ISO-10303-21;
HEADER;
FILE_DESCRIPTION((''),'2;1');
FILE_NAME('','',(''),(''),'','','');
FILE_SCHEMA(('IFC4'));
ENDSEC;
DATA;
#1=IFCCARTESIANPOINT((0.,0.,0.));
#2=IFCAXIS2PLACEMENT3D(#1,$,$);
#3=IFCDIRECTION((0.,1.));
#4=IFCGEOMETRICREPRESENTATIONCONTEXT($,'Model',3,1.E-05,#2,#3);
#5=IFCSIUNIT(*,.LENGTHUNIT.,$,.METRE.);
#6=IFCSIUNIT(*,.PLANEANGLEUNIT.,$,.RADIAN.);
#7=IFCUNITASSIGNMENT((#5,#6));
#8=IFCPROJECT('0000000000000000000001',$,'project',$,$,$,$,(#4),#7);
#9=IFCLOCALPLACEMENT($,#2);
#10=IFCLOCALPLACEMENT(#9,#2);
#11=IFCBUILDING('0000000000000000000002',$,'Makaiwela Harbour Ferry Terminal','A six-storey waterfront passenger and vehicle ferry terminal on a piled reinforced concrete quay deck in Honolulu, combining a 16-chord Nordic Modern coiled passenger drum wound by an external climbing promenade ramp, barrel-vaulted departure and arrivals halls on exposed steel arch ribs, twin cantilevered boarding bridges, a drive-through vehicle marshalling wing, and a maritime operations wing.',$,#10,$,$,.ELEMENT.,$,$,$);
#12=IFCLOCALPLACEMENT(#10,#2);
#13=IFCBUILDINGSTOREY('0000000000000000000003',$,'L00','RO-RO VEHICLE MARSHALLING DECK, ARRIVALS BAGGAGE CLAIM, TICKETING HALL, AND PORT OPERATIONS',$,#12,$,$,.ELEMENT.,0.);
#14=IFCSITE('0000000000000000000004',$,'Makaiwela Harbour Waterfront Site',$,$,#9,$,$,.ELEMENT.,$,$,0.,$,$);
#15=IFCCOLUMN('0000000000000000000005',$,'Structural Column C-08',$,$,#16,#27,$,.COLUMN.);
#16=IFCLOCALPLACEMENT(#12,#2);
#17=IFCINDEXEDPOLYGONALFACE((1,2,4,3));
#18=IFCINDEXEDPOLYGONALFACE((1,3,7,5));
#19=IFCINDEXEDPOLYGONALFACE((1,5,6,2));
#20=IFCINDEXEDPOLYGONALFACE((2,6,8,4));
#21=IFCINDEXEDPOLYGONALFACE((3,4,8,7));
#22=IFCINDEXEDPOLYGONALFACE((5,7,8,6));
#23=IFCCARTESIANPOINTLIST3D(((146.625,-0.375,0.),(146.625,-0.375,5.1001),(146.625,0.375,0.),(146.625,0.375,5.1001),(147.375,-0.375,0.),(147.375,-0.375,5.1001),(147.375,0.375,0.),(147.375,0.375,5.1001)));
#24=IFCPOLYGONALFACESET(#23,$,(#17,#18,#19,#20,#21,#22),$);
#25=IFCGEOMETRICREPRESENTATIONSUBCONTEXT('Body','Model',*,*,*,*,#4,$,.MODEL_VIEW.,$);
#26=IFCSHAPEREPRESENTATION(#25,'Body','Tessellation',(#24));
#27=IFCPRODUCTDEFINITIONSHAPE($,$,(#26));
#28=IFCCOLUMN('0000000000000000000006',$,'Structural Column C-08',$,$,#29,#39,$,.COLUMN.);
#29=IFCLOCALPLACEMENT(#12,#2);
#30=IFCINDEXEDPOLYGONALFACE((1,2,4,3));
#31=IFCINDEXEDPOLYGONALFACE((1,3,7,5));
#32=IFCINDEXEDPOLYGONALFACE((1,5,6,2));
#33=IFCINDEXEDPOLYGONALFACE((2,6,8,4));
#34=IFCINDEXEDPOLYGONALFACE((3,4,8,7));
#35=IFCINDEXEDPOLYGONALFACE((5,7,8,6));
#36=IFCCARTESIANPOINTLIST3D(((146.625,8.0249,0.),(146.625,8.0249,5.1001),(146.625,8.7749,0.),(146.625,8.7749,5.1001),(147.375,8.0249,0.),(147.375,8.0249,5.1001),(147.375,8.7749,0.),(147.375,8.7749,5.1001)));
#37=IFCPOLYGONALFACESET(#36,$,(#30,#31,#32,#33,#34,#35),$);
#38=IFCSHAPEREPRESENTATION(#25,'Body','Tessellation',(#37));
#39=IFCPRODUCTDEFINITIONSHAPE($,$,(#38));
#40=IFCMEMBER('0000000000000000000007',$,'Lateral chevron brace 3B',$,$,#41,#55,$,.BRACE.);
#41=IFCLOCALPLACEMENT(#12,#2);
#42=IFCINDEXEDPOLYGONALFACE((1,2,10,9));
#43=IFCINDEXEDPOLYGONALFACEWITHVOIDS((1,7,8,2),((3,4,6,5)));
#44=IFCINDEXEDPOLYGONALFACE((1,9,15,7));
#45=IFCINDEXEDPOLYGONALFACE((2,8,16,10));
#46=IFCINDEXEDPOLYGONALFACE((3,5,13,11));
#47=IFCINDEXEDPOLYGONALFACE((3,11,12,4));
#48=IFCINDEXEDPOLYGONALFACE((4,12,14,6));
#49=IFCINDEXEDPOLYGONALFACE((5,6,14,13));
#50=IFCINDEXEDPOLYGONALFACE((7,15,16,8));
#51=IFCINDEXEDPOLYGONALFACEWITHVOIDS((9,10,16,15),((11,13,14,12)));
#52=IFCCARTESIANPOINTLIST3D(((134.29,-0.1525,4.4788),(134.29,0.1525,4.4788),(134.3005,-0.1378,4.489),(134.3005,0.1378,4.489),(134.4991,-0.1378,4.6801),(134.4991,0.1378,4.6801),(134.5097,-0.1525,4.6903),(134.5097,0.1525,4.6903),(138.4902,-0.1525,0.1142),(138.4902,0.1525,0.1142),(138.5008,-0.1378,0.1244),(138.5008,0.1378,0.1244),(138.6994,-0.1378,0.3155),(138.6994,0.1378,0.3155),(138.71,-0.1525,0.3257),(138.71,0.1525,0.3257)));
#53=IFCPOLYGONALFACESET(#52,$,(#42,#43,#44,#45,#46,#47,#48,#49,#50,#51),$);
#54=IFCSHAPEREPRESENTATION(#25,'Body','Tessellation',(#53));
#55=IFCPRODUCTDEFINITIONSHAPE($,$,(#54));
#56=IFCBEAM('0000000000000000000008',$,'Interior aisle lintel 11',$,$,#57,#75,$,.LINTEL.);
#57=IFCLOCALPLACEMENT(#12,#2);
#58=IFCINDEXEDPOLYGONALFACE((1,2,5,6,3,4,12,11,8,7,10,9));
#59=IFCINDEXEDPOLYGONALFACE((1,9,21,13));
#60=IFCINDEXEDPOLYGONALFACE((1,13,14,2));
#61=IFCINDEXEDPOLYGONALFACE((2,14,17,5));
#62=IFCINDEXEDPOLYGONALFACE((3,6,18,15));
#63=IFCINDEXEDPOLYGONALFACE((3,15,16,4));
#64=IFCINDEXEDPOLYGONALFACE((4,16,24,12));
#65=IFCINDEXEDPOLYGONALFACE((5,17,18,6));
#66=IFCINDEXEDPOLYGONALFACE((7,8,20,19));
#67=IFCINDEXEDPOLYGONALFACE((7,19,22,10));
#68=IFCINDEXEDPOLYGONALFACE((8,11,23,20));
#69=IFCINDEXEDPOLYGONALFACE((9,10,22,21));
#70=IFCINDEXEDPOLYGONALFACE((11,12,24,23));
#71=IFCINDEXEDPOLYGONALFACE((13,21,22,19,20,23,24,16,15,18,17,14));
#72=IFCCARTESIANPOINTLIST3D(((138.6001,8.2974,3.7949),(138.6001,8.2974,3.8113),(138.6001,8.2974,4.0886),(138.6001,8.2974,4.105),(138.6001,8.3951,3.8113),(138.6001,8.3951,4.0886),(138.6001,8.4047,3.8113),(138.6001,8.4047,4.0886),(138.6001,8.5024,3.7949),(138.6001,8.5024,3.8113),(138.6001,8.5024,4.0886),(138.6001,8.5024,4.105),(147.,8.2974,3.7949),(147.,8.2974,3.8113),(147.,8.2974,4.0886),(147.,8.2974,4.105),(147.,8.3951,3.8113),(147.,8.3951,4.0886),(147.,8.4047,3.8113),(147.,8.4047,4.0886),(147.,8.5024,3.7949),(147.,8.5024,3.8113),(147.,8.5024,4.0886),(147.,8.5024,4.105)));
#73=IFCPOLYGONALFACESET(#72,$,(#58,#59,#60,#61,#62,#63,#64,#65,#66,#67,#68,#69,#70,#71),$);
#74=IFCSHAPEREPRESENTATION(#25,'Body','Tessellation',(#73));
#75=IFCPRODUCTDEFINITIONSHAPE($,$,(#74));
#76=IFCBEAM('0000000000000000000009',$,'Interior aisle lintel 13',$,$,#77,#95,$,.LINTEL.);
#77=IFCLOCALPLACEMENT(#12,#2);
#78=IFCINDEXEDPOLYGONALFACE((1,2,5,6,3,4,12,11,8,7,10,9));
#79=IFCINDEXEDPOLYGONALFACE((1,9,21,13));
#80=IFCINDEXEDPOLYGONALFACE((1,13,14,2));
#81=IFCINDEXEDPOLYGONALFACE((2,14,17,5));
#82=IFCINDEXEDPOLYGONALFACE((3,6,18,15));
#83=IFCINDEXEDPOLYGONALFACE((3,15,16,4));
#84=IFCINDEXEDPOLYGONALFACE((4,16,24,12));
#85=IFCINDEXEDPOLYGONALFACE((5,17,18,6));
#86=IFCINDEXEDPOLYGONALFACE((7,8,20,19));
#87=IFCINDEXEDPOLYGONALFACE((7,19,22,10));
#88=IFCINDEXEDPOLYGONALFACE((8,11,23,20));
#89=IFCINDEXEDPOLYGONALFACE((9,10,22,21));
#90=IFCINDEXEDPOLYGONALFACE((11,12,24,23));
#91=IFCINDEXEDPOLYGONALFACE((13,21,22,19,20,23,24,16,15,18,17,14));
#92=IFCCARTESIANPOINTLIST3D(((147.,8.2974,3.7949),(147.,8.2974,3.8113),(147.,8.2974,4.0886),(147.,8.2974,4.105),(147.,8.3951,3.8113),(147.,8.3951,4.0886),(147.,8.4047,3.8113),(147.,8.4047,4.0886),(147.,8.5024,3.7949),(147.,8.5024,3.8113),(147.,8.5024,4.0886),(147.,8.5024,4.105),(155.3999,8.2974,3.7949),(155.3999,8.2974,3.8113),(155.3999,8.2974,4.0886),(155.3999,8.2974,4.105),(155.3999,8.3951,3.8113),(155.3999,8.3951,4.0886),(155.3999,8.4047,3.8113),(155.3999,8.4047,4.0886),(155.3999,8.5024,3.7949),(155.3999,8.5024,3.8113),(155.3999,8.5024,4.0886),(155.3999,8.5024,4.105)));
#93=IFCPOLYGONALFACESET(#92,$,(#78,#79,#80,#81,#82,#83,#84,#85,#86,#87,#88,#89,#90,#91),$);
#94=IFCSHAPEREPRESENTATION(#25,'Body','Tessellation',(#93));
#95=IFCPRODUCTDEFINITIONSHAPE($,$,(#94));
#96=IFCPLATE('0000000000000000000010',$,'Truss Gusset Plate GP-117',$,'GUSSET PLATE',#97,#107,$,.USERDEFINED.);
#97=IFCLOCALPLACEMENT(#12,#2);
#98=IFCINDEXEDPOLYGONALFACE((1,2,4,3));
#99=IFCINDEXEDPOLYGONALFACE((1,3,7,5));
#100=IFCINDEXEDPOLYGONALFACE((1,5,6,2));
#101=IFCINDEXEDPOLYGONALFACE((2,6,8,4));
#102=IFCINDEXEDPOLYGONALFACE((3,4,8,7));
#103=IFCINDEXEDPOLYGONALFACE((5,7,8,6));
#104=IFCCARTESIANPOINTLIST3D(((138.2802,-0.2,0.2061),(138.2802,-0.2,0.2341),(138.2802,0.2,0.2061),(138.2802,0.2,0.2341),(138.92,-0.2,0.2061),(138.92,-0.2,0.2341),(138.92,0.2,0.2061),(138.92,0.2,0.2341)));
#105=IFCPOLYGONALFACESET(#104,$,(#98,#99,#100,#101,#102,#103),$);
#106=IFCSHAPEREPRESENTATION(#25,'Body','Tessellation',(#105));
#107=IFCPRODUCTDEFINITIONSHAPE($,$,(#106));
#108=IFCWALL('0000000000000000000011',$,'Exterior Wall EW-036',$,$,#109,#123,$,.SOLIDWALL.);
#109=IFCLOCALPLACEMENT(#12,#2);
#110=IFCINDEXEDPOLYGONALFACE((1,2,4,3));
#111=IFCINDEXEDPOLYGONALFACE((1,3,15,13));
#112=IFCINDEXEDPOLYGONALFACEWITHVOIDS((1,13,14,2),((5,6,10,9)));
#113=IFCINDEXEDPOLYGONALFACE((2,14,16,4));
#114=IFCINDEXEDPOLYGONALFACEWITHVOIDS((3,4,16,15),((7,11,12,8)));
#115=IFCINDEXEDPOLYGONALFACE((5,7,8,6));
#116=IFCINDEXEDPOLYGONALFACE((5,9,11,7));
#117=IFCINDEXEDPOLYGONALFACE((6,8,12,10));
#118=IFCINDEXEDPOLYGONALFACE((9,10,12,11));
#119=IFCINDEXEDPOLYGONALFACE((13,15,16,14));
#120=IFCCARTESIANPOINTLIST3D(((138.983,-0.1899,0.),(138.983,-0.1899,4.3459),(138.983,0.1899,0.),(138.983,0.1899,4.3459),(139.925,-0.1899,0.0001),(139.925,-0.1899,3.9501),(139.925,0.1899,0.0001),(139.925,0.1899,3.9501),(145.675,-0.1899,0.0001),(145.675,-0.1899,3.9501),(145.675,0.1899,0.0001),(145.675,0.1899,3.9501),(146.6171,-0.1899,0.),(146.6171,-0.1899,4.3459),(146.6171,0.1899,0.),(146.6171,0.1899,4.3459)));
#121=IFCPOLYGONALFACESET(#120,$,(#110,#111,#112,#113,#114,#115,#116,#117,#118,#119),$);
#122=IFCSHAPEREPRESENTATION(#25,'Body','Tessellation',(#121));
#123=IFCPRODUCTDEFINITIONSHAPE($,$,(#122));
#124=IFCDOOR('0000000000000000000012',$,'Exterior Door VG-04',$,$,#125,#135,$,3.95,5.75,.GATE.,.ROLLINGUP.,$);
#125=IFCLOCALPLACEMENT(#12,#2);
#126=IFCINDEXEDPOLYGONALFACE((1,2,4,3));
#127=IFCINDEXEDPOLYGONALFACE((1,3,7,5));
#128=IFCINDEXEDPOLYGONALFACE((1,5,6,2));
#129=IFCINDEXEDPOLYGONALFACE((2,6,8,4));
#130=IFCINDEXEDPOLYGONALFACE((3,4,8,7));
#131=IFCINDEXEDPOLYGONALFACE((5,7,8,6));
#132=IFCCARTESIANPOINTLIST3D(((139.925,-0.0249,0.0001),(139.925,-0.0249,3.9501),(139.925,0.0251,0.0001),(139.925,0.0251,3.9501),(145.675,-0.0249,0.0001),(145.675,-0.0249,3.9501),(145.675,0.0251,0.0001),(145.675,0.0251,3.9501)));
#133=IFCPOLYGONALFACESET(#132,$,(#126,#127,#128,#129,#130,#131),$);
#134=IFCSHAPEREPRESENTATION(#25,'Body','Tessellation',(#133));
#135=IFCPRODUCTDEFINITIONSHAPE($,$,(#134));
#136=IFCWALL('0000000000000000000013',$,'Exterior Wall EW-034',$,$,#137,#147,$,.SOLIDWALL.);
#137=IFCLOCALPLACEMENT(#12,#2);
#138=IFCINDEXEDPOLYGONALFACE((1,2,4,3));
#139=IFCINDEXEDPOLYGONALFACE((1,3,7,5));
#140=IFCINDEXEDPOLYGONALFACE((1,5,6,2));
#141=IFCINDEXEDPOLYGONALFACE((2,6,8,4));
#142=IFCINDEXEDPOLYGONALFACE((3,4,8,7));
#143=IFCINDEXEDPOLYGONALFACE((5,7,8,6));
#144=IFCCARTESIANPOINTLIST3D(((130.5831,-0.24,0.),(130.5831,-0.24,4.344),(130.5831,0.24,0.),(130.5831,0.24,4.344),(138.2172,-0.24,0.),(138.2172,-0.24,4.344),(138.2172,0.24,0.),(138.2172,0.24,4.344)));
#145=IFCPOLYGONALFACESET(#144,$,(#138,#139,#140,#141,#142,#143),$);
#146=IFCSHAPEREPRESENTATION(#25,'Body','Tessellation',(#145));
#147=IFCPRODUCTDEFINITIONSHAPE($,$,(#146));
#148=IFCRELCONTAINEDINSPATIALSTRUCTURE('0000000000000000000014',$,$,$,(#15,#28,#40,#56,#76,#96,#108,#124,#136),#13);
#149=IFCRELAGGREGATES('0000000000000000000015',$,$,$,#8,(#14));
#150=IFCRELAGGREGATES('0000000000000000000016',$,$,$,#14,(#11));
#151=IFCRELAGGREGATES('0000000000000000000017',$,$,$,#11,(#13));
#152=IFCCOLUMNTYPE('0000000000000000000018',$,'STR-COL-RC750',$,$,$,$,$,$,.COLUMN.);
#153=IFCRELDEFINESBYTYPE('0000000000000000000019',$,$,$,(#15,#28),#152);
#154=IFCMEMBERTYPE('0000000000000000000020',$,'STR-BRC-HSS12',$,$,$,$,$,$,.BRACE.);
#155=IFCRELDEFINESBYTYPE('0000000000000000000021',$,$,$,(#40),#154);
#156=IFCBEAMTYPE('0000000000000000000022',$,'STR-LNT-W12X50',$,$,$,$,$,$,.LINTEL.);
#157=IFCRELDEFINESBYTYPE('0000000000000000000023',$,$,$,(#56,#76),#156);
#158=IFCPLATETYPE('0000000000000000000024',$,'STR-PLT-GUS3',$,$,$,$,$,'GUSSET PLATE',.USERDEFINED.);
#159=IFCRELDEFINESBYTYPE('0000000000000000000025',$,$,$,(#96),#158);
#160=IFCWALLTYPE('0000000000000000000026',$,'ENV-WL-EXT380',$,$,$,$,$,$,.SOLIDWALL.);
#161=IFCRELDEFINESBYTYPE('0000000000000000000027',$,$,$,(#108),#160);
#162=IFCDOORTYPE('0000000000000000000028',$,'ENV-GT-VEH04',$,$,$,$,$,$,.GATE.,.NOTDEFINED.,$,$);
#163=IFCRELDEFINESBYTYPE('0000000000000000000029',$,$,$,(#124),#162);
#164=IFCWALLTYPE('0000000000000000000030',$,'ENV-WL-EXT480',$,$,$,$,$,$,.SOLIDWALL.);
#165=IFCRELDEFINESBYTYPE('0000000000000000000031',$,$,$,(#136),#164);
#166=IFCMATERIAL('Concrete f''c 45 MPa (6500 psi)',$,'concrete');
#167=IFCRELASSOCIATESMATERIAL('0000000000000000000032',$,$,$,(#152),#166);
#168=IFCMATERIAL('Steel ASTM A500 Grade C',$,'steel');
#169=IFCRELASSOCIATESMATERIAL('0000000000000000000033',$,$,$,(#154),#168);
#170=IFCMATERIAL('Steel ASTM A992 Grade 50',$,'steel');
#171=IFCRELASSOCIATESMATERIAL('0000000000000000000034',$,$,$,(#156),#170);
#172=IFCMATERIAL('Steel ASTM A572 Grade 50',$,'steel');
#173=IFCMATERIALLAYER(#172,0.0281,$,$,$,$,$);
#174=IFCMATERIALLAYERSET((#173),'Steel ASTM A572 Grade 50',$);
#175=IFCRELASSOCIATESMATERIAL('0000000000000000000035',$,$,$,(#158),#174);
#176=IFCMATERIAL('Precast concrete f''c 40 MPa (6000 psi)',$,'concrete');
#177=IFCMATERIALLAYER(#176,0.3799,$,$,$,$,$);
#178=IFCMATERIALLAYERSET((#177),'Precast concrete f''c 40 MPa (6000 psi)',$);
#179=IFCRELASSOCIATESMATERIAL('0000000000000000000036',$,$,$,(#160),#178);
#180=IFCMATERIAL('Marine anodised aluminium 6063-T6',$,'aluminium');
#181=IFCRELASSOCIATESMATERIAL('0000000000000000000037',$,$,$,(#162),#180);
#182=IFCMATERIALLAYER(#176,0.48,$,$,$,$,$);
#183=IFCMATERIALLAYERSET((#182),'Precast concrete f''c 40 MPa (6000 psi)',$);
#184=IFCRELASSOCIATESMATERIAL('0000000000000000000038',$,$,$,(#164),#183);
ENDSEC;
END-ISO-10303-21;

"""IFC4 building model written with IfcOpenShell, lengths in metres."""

from ifc_helpers import new_model, si_unit, direction, frame, frame_2d, origin, origin_2d, place, context, subcontext, project, spatial, rectangle, hollow_rectangle, i_section, extrude, material, layer, layer_set, material_profile, profile_set, type_object, element, fill, save


model = new_model("IFC4")

# Units and contexts
model_context = context("Model", 3, precision=1e-05, world=origin(), true_north=direction((0.0, 1.0)))
body_context = subcontext(model_context, "Body", "Model", "MODEL_VIEW")
ifc_project = project(units=[si_unit("LENGTHUNIT", "METRE"), si_unit("PLANEANGLEUNIT", "RADIAN")], contexts=[model_context])

# Site, building, storey
site_placement = place(None, origin())
site = spatial("IfcSite", under=ifc_project, at=site_placement, Name="Makaiwela Harbour Waterfront Site", CompositionType="ELEMENT", RefElevation=0.0)
building_placement = place(site_placement, origin())
building = spatial("IfcBuilding", under=site, at=building_placement, Name="Makaiwela Harbour Ferry Terminal", Description="A six-storey waterfront passenger and vehicle ferry terminal on a piled reinforced concrete quay deck in Honolulu, combining a 16-chord Nordic Modern coiled passenger drum wound by an external climbing promenade ramp, barrel-vaulted departure and arrivals halls on exposed steel arch ribs, twin cantilevered boarding bridges, a drive-through vehicle marshalling wing, and a maritime operations wing.", CompositionType="ELEMENT")
storey_placement = place(building_placement, origin())
storey = spatial("IfcBuildingStorey", under=building, at=storey_placement, Name="L00", Description="RO-RO VEHICLE MARSHALLING DECK, ARRIVALS BAGGAGE CLAIM, TICKETING HALL, AND PORT OPERATIONS", CompositionType="ELEMENT", Elevation=0.0)

# Shared definitions
ifc_material_1 = material(Name="Concrete f'c 45 MPa (6500 psi)", Category="concrete")

# Columns
ifc_material_profile_1 = material_profile(ifc_material_1, rectangle(XDim=0.75, YDim=0.75, at=origin_2d()), Name="RC-750X750")
ifc_profile_set_1 = profile_set([ifc_material_profile_1], Name="Concrete f'c 45 MPa (6500 psi)")
column_type = type_object("IfcColumnType", Name="STR-COL-RC750", PredefinedType="COLUMN", material=ifc_profile_set_1)
for number, where, z_axis, x_axis, name in (
    (1, (147.0, 0.0, 0.0), (0.0, 0.0, 1.0), (1.0, 0.0, 0.0), "Structural Column C-08"),
    (2, (147.0, 8.3999, 0.0), (0.0, 0.0, 1.0), (1.0, 0.0, 0.0), "Structural Column C-08"),
):
    element("IfcColumn", number, at=place(storey_placement, frame(where, z_axis=z_axis, x_axis=x_axis)), inside=storey, type_object=column_type, Name=name, PredefinedType="COLUMN", context=body_context, shape_type="SweptSolid", body=[
        extrude(rectangle(XDim=0.75, YDim=0.75, at=origin_2d()), origin(), (0.0, 0.0, 1.0), 5.1001),
    ])

# Member
ifc_material_2 = material(Name="Steel ASTM A500 Grade C", Category="steel")
ifc_material_profile_2 = material_profile(ifc_material_2, hollow_rectangle(XDim=0.3049, YDim=0.3049, WallThickness=0.0146, at=origin_2d()), Name="HSS12X12X5/8")
ifc_profile_set_2 = profile_set([ifc_material_profile_2], Name="Steel ASTM A500 Grade C")
member_type = type_object("IfcMemberType", Name="STR-BRC-HSS12", PredefinedType="BRACE", material=ifc_profile_set_2)
member_placement = place(storey_placement, frame((138.6001, 0.0, 0.22), z_axis=(-0.693414, 0.0, 0.720539), x_axis=(0.0, -1.0, 0.0)))
element("IfcMember", 3, at=member_placement, inside=storey, type_object=member_type, Name="Lateral chevron brace 3B", PredefinedType="BRACE", context=body_context, shape_type="SweptSolid", body=[
    extrude(hollow_rectangle(XDim=0.3049, YDim=0.3049, WallThickness=0.0146, at=origin_2d()), origin(), (0.0, 0.0, 1.0), 6.0574),
])

# Beams
ifc_material_3 = material(Name="Steel ASTM A992 Grade 50", Category="steel")
ifc_material_profile_3 = material_profile(ifc_material_3, i_section(OverallWidth=0.2051, OverallDepth=0.3101, WebThickness=0.0095, FlangeThickness=0.0164, at=origin_2d()), Name="W12X50")
ifc_profile_set_3 = profile_set([ifc_material_profile_3], Name="Steel ASTM A992 Grade 50")
beam_type = type_object("IfcBeamType", Name="STR-LNT-W12X50", PredefinedType="LINTEL", material=ifc_profile_set_3)
for number, where, z_axis, x_axis, name in (
    (4, (138.6001, 8.3999, 3.95), (1.0, 0.0, 0.0), (0.0, 1.0, 0.0), "Interior aisle lintel 11"),
    (5, (147.0, 8.3999, 3.95), (1.0, 0.0, 0.0), (0.0, 1.0, 0.0), "Interior aisle lintel 13"),
):
    element("IfcBeam", number, at=place(storey_placement, frame(where, z_axis=z_axis, x_axis=x_axis)), inside=storey, type_object=beam_type, Name=name, PredefinedType="LINTEL", context=body_context, shape_type="SweptSolid", body=[
        extrude(i_section(OverallWidth=0.2051, OverallDepth=0.3101, WebThickness=0.0095, FlangeThickness=0.0164, at=origin_2d()), origin(), (0.0, 0.0, 1.0), 8.3999),
    ])

# Plate
ifc_material_4 = material(Name="Steel ASTM A572 Grade 50", Category="steel")
ifc_layer_1 = layer(ifc_material_4, 0.0281)
ifc_layer_set_1 = layer_set([ifc_layer_1], Name="Steel ASTM A572 Grade 50")
plate_type = type_object("IfcPlateType", Name="STR-PLT-GUS3", ElementType="GUSSET PLATE", PredefinedType="USERDEFINED", material=ifc_layer_set_1)
plate_placement = place(storey_placement, frame((138.6001, 0.0, 0.2061), z_axis=(0.0, 0.0, 1.0), x_axis=(1.0, 0.0, 0.0)))
element("IfcPlate", 6, at=plate_placement, inside=storey, type_object=plate_type, Name="Truss Gusset Plate GP-117", ObjectType="GUSSET PLATE", PredefinedType="USERDEFINED", context=body_context, shape_type="SweptSolid", body=[
    extrude(rectangle(XDim=0.6399, YDim=0.3999, at=origin_2d()), origin(), (0.0, 0.0, 1.0), 0.0281),
])

# Wall, opening, door
ifc_material_5 = material(Name="Precast concrete f'c 40 MPa (6000 psi)", Category="concrete")
ifc_layer_2 = layer(ifc_material_5, 0.3799)
ifc_layer_set_2 = layer_set([ifc_layer_2], Name="Precast concrete f'c 40 MPa (6000 psi)")
wall_type_1 = type_object("IfcWallType", Name="ENV-WL-EXT380", PredefinedType="SOLIDWALL", material=ifc_layer_set_2)
wall_1_placement = place(storey_placement, frame((146.6169, 0.0, 0.0), z_axis=(0.0, 0.0, 1.0), x_axis=(-1.0, 0.0, 0.0)))
wall_1 = element("IfcWall", 7, at=wall_1_placement, inside=storey, type_object=wall_type_1, Name="Exterior Wall EW-036", PredefinedType="SOLIDWALL", context=body_context, shape_type="SweptSolid", body=[
    extrude(rectangle(XDim=7.634, YDim=0.3799, at=frame_2d((3.8169, 0.0))), origin(), (0.0, 0.0, 1.0), 4.3459),
])
opening_placement = place(wall_1_placement, frame((0.9419, 0.0, 0.0)))
opening = element("IfcOpeningElement", 8, at=opening_placement, cuts=wall_1, PredefinedType="OPENING", context=body_context, shape_type="SweptSolid", body=[
    extrude(rectangle(XDim=5.75, YDim=3.95, at=frame_2d((2.875, 1.9751))), frame((0.0, 0.2, 0.0), z_axis=(0.0, -1.0, 0.0), x_axis=(1.0, 0.0, 0.0)), (0.0, 0.0, 1.0), 0.3999),
])
ifc_material_6 = material(Name="Marine anodised aluminium 6063-T6", Category="aluminium")
door_type = type_object("IfcDoorType", Name="ENV-GT-VEH04", OperationType="NOTDEFINED", PredefinedType="GATE", material=ifc_material_6)
door_placement = place(opening_placement, origin())
door = element("IfcDoor", 9, at=door_placement, inside=storey, type_object=door_type, Name="Exterior Door VG-04", OperationType="ROLLINGUP", OverallHeight=3.95, OverallWidth=5.75, PredefinedType="GATE", context=body_context, shape_type="SweptSolid", body=[
    extrude(rectangle(XDim=5.75, YDim=3.95, at=frame_2d((2.875, 1.9751))), frame((0.0, 0.0249, 0.0), z_axis=(0.0, -1.0, 0.0), x_axis=(1.0, 0.0, 0.0)), (0.0, 0.0, 1.0), 0.05),
])
fill(opening, door)

# Wall
ifc_layer_3 = layer(ifc_material_5, 0.48)
ifc_layer_set_3 = layer_set([ifc_layer_3], Name="Precast concrete f'c 40 MPa (6000 psi)")
wall_type_2 = type_object("IfcWallType", Name="ENV-WL-EXT480", PredefinedType="SOLIDWALL", material=ifc_layer_set_3)
wall_2_placement = place(storey_placement, frame((138.217, 0.0, 0.0), z_axis=(0.0, 0.0, 1.0), x_axis=(-1.0, 0.0, 0.0)))
element("IfcWall", 10, at=wall_2_placement, inside=storey, type_object=wall_type_2, Name="Exterior Wall EW-034", PredefinedType="SOLIDWALL", context=body_context, shape_type="SweptSolid", body=[
    extrude(rectangle(XDim=7.634, YDim=0.48, at=frame_2d((3.8169, 0.0))), origin(), (0.0, 0.0, 1.0), 4.344),
])

save(model, "model.ifc")
